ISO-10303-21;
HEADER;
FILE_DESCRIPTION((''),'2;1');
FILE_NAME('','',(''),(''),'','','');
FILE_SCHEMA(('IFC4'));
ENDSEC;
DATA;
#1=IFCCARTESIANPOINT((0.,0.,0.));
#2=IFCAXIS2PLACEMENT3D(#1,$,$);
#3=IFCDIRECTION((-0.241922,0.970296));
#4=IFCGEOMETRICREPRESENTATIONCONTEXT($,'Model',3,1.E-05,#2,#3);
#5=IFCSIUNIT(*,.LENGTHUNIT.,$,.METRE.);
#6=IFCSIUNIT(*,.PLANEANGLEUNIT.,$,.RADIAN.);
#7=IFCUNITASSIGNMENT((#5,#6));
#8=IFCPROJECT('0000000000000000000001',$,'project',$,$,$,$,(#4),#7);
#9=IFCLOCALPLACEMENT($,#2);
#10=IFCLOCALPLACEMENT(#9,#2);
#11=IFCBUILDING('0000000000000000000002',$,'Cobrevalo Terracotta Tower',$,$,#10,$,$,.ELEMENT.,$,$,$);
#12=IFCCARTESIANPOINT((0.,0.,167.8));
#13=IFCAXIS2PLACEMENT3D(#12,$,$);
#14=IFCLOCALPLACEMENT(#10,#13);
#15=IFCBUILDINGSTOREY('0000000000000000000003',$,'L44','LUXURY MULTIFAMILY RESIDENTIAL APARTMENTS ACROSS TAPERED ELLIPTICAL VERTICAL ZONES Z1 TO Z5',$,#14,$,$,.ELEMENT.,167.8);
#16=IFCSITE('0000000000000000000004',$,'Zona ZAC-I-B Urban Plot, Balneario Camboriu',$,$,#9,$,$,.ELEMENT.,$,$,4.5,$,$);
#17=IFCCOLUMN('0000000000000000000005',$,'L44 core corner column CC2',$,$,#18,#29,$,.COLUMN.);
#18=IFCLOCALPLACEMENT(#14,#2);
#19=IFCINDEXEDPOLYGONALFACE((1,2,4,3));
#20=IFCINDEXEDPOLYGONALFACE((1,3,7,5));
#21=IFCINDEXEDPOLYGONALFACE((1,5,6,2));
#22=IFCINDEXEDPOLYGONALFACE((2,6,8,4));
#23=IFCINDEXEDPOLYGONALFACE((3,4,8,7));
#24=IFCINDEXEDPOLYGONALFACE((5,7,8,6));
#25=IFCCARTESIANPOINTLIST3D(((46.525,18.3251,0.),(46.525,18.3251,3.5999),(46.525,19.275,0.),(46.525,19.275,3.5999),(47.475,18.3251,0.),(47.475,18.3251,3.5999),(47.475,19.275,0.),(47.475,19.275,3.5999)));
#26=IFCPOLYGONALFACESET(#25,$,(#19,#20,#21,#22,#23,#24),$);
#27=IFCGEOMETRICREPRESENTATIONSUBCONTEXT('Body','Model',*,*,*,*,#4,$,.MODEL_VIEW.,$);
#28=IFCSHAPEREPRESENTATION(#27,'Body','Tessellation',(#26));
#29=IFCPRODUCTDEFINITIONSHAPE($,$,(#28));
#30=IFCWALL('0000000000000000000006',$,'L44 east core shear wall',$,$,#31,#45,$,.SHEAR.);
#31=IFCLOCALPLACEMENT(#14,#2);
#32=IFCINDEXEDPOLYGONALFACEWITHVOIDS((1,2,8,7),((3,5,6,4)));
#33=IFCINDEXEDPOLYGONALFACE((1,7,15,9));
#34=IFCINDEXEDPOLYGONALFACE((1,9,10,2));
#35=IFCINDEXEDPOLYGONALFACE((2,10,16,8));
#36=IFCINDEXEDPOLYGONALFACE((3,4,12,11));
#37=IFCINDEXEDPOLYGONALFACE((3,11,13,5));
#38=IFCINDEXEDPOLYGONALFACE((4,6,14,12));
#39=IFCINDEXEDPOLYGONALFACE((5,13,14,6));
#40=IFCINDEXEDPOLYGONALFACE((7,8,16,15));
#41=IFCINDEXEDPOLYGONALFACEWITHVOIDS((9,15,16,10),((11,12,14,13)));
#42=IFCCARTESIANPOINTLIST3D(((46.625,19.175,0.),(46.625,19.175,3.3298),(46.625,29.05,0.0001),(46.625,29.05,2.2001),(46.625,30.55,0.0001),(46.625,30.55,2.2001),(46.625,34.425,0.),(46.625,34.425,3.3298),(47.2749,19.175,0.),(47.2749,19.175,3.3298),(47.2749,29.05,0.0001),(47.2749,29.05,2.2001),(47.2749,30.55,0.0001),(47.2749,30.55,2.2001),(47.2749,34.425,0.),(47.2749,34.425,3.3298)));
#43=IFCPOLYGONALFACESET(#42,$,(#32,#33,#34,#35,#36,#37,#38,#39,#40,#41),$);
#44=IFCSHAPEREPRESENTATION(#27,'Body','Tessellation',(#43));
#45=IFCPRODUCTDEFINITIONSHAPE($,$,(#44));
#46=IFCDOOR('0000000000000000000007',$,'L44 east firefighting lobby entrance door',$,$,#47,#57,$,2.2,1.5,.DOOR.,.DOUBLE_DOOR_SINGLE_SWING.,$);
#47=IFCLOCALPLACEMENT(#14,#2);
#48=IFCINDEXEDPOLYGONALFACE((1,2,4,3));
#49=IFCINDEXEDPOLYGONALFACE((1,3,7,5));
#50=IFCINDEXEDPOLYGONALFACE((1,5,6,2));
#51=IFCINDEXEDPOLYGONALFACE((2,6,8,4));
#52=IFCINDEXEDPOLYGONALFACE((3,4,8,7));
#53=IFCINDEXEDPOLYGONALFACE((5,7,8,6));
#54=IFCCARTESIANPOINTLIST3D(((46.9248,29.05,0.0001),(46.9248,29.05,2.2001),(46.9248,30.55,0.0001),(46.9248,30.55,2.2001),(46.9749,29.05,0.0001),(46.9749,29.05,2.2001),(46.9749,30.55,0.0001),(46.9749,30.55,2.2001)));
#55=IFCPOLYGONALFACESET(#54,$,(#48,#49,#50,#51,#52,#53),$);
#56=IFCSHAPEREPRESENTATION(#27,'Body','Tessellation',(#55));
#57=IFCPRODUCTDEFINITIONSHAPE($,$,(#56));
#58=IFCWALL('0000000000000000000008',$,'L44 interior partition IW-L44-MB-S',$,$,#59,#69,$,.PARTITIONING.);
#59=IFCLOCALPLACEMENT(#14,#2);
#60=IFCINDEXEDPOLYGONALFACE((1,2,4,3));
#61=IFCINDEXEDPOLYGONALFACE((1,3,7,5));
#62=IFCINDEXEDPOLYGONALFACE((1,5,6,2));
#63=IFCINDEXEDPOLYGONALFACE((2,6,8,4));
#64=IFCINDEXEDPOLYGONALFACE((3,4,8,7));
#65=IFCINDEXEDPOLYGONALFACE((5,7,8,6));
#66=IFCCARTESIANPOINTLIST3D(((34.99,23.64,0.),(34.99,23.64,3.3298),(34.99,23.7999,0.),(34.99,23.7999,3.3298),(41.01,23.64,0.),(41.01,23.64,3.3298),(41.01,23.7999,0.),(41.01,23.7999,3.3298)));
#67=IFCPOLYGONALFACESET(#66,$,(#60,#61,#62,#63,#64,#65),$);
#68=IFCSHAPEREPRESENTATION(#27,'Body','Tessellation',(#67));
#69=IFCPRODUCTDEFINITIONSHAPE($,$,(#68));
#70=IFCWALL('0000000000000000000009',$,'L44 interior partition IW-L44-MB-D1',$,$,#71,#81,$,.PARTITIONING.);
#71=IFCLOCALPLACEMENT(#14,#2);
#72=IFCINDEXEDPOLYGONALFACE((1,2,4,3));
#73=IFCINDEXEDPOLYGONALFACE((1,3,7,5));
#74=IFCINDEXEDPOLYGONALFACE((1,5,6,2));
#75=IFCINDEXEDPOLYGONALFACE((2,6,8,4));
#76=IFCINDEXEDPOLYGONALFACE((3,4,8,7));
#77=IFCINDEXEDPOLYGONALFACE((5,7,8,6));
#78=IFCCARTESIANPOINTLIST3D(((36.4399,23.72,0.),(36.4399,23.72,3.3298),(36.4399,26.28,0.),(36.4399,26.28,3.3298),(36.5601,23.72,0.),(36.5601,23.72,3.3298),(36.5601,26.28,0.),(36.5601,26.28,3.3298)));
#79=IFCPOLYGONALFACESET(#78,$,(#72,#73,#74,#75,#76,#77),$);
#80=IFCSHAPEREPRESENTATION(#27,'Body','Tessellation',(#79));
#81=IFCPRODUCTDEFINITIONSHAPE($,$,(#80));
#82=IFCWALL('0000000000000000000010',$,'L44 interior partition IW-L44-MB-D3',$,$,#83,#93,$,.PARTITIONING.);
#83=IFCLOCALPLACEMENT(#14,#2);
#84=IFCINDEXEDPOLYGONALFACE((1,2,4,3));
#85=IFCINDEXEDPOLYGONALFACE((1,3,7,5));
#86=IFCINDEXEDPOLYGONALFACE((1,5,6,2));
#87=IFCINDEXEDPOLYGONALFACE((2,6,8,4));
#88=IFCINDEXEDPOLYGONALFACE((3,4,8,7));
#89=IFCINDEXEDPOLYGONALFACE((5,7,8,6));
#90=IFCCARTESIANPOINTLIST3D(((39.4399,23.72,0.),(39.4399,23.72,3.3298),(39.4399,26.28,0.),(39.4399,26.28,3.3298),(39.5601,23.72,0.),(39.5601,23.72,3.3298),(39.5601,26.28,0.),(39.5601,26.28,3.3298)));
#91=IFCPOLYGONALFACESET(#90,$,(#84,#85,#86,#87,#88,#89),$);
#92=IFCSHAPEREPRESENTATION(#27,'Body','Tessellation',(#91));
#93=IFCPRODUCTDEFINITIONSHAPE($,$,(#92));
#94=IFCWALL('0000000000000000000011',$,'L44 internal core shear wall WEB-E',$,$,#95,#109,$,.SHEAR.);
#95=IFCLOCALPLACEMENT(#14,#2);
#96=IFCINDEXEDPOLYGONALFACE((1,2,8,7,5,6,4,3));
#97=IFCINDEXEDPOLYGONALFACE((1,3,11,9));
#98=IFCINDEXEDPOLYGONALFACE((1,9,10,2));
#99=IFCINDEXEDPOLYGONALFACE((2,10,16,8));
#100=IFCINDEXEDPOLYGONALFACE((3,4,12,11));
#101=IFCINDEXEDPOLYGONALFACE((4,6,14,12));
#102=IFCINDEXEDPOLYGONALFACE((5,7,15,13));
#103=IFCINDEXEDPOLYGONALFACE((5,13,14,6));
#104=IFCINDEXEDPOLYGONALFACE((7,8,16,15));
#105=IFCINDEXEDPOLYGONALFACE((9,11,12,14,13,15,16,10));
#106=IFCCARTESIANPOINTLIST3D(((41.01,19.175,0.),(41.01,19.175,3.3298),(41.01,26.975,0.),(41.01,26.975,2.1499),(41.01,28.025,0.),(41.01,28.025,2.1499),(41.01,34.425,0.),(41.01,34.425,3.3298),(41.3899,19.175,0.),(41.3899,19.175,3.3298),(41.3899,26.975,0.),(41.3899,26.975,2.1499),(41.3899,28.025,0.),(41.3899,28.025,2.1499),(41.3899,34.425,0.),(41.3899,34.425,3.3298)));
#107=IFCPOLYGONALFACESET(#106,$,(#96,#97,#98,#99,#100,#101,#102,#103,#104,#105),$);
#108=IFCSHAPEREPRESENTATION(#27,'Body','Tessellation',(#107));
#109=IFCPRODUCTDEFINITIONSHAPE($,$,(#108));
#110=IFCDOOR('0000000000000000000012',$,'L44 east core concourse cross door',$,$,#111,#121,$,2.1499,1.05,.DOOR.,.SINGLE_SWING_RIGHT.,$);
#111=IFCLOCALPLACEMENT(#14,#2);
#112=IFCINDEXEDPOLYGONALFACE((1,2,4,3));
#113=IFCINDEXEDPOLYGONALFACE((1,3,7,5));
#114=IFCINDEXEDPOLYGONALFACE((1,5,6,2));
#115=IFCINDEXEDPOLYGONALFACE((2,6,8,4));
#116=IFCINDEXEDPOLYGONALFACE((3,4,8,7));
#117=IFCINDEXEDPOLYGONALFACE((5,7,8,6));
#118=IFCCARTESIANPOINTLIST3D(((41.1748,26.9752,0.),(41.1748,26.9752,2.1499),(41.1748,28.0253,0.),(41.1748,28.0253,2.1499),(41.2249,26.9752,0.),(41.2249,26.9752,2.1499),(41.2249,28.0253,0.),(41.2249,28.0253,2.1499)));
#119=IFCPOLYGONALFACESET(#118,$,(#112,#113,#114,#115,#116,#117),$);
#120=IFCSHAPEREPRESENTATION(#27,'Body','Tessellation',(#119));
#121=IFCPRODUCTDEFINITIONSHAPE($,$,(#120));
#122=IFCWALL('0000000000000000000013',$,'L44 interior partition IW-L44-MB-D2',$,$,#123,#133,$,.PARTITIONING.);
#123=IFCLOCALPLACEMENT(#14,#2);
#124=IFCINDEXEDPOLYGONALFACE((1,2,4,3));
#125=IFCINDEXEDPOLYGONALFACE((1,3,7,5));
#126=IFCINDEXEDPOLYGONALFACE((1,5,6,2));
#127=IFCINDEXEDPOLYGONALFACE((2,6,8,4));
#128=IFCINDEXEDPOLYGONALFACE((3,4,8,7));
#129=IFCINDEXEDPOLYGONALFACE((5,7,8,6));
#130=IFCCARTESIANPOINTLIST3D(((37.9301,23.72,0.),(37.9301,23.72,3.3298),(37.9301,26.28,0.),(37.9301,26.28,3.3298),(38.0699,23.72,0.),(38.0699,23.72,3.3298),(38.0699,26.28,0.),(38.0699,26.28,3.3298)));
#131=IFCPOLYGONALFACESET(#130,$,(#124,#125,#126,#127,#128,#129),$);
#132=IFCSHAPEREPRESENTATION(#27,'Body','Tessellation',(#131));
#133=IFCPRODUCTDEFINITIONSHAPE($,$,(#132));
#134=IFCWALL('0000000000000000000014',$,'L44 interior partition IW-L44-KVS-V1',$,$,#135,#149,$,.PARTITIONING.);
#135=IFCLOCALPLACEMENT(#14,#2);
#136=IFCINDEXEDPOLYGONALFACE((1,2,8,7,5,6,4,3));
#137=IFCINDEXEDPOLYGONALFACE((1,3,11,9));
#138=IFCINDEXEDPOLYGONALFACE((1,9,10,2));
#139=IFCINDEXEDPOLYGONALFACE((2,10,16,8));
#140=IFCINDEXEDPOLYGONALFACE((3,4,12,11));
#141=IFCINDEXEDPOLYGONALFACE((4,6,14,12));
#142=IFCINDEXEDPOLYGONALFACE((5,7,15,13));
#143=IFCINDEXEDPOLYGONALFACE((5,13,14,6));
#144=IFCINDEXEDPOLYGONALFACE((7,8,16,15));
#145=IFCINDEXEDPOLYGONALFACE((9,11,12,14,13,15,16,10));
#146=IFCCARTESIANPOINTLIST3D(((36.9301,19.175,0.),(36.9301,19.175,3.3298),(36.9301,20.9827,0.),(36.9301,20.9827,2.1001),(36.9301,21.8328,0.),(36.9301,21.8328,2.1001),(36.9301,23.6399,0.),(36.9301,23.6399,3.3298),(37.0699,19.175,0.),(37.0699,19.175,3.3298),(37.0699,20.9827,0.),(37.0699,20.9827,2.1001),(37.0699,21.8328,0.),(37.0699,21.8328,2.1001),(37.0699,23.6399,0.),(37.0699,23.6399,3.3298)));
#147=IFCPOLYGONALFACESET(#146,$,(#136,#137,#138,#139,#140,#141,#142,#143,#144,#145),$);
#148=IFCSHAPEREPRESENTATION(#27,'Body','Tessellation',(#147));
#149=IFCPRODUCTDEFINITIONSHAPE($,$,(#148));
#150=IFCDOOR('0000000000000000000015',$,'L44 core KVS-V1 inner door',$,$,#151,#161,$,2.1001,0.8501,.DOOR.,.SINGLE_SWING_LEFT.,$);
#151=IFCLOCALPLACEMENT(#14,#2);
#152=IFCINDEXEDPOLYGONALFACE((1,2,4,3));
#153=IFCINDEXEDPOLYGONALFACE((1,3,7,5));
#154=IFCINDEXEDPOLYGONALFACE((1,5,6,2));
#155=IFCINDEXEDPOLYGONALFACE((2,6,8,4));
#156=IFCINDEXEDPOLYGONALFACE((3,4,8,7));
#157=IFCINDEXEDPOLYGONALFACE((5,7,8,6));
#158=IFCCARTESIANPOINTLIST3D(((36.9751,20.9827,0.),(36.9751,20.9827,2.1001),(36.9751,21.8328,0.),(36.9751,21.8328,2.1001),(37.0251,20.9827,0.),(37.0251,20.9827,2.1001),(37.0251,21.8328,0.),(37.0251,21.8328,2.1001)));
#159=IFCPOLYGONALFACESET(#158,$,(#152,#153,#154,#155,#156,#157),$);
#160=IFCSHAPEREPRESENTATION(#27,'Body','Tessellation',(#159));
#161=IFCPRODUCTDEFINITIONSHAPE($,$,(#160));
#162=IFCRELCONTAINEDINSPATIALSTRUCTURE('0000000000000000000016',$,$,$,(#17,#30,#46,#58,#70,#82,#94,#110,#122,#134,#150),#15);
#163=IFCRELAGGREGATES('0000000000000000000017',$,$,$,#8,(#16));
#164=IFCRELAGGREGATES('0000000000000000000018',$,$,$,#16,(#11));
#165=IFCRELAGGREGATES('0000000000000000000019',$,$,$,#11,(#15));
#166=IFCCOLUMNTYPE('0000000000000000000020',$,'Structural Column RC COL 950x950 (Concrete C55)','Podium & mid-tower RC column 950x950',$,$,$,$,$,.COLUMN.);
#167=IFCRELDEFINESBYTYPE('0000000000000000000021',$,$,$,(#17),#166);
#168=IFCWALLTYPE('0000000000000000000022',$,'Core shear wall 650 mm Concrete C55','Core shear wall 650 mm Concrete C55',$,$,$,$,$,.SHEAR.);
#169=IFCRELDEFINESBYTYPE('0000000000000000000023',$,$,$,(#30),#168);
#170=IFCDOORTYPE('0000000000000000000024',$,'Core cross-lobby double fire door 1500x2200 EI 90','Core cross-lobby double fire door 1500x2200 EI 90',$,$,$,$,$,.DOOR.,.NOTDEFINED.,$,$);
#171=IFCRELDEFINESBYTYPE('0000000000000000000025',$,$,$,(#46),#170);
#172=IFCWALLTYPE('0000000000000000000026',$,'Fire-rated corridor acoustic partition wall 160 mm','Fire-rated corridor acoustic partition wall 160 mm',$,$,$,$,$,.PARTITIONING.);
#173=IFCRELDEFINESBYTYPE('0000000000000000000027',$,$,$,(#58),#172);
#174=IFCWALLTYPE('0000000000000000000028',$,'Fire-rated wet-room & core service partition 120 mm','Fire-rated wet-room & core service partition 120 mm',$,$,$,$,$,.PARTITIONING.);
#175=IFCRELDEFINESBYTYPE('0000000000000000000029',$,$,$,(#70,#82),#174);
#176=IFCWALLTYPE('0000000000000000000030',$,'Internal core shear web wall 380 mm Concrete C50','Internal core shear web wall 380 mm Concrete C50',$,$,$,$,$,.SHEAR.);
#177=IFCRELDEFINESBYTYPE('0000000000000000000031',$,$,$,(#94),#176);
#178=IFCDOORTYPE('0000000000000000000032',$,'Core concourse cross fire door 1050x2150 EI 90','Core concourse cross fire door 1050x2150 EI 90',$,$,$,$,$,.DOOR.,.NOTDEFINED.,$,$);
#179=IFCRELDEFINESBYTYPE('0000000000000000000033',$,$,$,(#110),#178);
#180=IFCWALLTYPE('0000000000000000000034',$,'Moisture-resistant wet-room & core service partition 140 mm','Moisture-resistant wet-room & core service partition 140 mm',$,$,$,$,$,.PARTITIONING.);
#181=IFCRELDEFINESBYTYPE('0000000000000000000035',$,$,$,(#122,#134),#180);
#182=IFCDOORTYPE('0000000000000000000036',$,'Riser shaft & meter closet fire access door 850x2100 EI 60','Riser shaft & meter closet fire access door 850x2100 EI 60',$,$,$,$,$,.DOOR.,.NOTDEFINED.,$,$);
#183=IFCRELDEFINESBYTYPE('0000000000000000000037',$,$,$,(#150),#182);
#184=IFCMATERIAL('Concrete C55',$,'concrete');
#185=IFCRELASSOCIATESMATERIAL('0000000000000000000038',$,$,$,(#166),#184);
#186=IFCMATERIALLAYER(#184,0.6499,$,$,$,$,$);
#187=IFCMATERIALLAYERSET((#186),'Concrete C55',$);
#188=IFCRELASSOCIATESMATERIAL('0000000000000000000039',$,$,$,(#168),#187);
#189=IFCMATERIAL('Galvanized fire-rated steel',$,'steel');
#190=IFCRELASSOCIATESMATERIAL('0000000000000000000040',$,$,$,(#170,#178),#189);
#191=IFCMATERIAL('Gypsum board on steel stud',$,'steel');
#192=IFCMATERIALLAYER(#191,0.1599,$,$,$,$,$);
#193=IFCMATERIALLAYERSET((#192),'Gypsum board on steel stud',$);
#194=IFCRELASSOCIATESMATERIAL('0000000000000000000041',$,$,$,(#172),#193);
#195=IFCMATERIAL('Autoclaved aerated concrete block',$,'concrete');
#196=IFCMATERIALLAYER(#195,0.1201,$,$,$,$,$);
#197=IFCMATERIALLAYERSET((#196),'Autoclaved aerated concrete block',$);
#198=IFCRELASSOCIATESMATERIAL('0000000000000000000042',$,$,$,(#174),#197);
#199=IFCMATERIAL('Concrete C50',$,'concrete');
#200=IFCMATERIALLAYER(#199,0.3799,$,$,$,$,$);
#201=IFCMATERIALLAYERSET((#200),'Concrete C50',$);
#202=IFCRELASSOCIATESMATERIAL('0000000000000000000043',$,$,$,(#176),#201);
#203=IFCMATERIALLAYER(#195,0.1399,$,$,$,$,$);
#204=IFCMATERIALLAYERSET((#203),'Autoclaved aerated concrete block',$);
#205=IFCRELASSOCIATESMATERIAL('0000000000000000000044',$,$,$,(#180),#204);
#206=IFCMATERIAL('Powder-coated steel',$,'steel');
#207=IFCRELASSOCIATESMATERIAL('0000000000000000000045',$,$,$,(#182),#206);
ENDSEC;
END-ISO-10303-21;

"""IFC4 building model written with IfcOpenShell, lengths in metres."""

from ifc_helpers import new_model, si_unit, direction, frame, frame_2d, origin, origin_2d, place, context, subcontext, project, spatial, rectangle, extrude, source, transform, mapped, material, layer, layer_set, material_profile, profile_set, type_object, element, fill, save


model = new_model("IFC4")

# Units and contexts
model_context = context("Model", 3, precision=1e-05, world=origin(), true_north=direction((-0.241922, 0.970296)))
body_context = subcontext(model_context, "Body", "Model", "MODEL_VIEW")
ifc_project = project(units=[si_unit("LENGTHUNIT", "METRE"), si_unit("PLANEANGLEUNIT", "RADIAN")], contexts=[model_context])

# Site, building, storey
site_placement = place(None, origin())
site = spatial("IfcSite", under=ifc_project, at=site_placement, Name="Zona ZAC-I-B Urban Plot, Balneario Camboriu", CompositionType="ELEMENT", RefElevation=4.5)
building_placement = place(site_placement, origin())
building = spatial("IfcBuilding", under=site, at=building_placement, Name="Cobrevalo Terracotta Tower", CompositionType="ELEMENT")
storey_placement = place(building_placement, frame((0.0, 0.0, 167.8)))
storey = spatial("IfcBuildingStorey", under=building, at=storey_placement, Name="L44", Description="LUXURY MULTIFAMILY RESIDENTIAL APARTMENTS ACROSS TAPERED ELLIPTICAL VERTICAL ZONES Z1 TO Z5", CompositionType="ELEMENT", Elevation=167.8)

# Column
ifc_material_1 = material(Name="Concrete C55", Category="concrete")
ifc_material_profile = material_profile(ifc_material_1, rectangle(XDim=0.95, YDim=0.95, at=origin_2d()), Name="RC COL 950x950")
ifc_profile_set = profile_set([ifc_material_profile], Name="Concrete C55")
column_type = type_object("IfcColumnType", Name="Structural Column RC COL 950x950 (Concrete C55)", Description="Podium & mid-tower RC column 950x950", PredefinedType="COLUMN", material=ifc_profile_set)
column_placement = place(storey_placement, frame((47.0, 18.8, 0.0), z_axis=(0.0, 0.0, 1.0), x_axis=(1.0, 0.0, 0.0)))
element("IfcColumn", 1, at=column_placement, inside=storey, type_object=column_type, Name="L44 core corner column CC2", PredefinedType="COLUMN", context=body_context, shape_type="SweptSolid", body=[
    extrude(rectangle(XDim=0.95, YDim=0.95, at=origin_2d()), origin(), (0.0, 0.0, 1.0), 3.5999),
])

# Wall, opening, door
ifc_layer_1 = layer(ifc_material_1, 0.6499)
ifc_layer_set_1 = layer_set([ifc_layer_1], Name="Concrete C55")
wall_type_1 = type_object("IfcWallType", Name="Core shear wall 650 mm Concrete C55", Description="Core shear wall 650 mm Concrete C55", PredefinedType="SHEAR", material=ifc_layer_set_1)
wall_1_placement = place(storey_placement, frame((46.95, 19.175, 0.0), z_axis=(0.0, 0.0, 1.0), x_axis=(0.0, 1.0, 0.0)))
wall_1 = element("IfcWall", 2, at=wall_1_placement, inside=storey, type_object=wall_type_1, Name="L44 east core shear wall", PredefinedType="SHEAR", context=body_context, shape_type="SweptSolid", body=[
    extrude(rectangle(XDim=15.25, YDim=0.6499, at=frame_2d((7.625, 0.0))), origin(), (0.0, 0.0, 1.0), 3.3298),
])
opening_1_placement = place(wall_1_placement, frame((9.875, 0.0, 0.0)))
opening_1 = element("IfcOpeningElement", 3, at=opening_1_placement, cuts=wall_1, PredefinedType="OPENING", context=body_context, shape_type="SweptSolid", body=[
    extrude(rectangle(XDim=1.5, YDim=2.2, at=frame_2d((0.75, 1.1001))), frame((0.0, 0.335, 0.0), z_axis=(0.0, -1.0, 0.0), x_axis=(1.0, 0.0, 0.0)), (0.0, 0.0, 1.0), 0.6699),
])
ifc_material_2 = material(Name="Galvanized fire-rated steel", Category="steel")
door_type_1 = type_object("IfcDoorType", Name="Core cross-lobby double fire door 1500x2200 EI 90", Description="Core cross-lobby double fire door 1500x2200 EI 90", OperationType="NOTDEFINED", PredefinedType="DOOR", material=ifc_material_2)
shared_shape_1 = source(origin(), body_context, "Body", "SweptSolid", [
    extrude(rectangle(XDim=1.5, YDim=2.2, at=frame_2d((0.75, 1.1001))), frame((0.0, 0.0249, 0.0), z_axis=(0.0, -1.0, 0.0), x_axis=(1.0, 0.0, 0.0)), (0.0, 0.0, 1.0), 0.05),
])
door_1_placement = place(opening_1_placement, frame((1.5, 0.0, 0.0), z_axis=(0.0, 0.0, 1.0), x_axis=(-1.0, 0.0, 0.0)))
door_1 = element("IfcDoor", 4, at=door_1_placement, inside=storey, type_object=door_type_1, Name="L44 east firefighting lobby entrance door", OperationType="DOUBLE_DOOR_SINGLE_SWING", OverallHeight=2.2, OverallWidth=1.5, PredefinedType="DOOR", context=body_context, shape_type="MappedRepresentation", body=[
    mapped(shared_shape_1, transform((0.0, 0.0, 0.0), scale=1.0)),
])
fill(opening_1, door_1)

# Walls
ifc_material_3 = material(Name="Gypsum board on steel stud", Category="steel")
ifc_layer_2 = layer(ifc_material_3, 0.1599)
ifc_layer_set_2 = layer_set([ifc_layer_2], Name="Gypsum board on steel stud")
wall_type_2 = type_object("IfcWallType", Name="Fire-rated corridor acoustic partition wall 160 mm", Description="Fire-rated corridor acoustic partition wall 160 mm", PredefinedType="PARTITIONING", material=ifc_layer_set_2)
wall_2_placement = place(storey_placement, frame((34.99, 23.72, 0.0), z_axis=(0.0, 0.0, 1.0), x_axis=(1.0, 0.0, 0.0)))
element("IfcWall", 5, at=wall_2_placement, inside=storey, type_object=wall_type_2, Name="L44 interior partition IW-L44-MB-S", PredefinedType="PARTITIONING", context=body_context, shape_type="SweptSolid", body=[
    extrude(rectangle(XDim=6.02, YDim=0.1599, at=frame_2d((3.01, 0.0))), origin(), (0.0, 0.0, 1.0), 3.3298),
])
ifc_material_4 = material(Name="Autoclaved aerated concrete block", Category="concrete")
ifc_layer_3 = layer(ifc_material_4, 0.1201)
ifc_layer_set_3 = layer_set([ifc_layer_3], Name="Autoclaved aerated concrete block")
wall_type_3 = type_object("IfcWallType", Name="Fire-rated wet-room & core service partition 120 mm", Description="Fire-rated wet-room & core service partition 120 mm", PredefinedType="PARTITIONING", material=ifc_layer_set_3)
for number, where, z_axis, x_axis, name in (
    (6, (36.5, 23.72, 0.0), (0.0, 0.0, 1.0), (0.0, 1.0, 0.0), "L44 interior partition IW-L44-MB-D1"),
    (7, (39.5, 23.72, 0.0), (0.0, 0.0, 1.0), (0.0, 1.0, 0.0), "L44 interior partition IW-L44-MB-D3"),
):
    element("IfcWall", number, at=place(storey_placement, frame(where, z_axis=z_axis, x_axis=x_axis)), inside=storey, type_object=wall_type_3, Name=name, PredefinedType="PARTITIONING", context=body_context, shape_type="SweptSolid", body=[
        extrude(rectangle(XDim=2.5601, YDim=0.1201, at=frame_2d((1.28, 0.0))), origin(), (0.0, 0.0, 1.0), 3.3298),
    ])

# Wall, opening, door
ifc_material_5 = material(Name="Concrete C50", Category="concrete")
ifc_layer_4 = layer(ifc_material_5, 0.3799)
ifc_layer_set_4 = layer_set([ifc_layer_4], Name="Concrete C50")
wall_type_4 = type_object("IfcWallType", Name="Internal core shear web wall 380 mm Concrete C50", Description="Internal core shear web wall 380 mm Concrete C50", PredefinedType="SHEAR", material=ifc_layer_set_4)
wall_3_placement = place(storey_placement, frame((41.2, 19.175, 0.0), z_axis=(0.0, 0.0, 1.0), x_axis=(0.0, 1.0, 0.0)))
wall_3 = element("IfcWall", 8, at=wall_3_placement, inside=storey, type_object=wall_type_4, Name="L44 internal core shear wall WEB-E", PredefinedType="SHEAR", context=body_context, shape_type="SweptSolid", body=[
    extrude(rectangle(XDim=15.25, YDim=0.3799, at=frame_2d((7.625, 0.0))), origin(), (0.0, 0.0, 1.0), 3.3298),
])
opening_2_placement = place(wall_3_placement, frame((7.8, 0.0, 0.0)))
opening_2 = element("IfcOpeningElement", 9, at=opening_2_placement, cuts=wall_3, PredefinedType="OPENING", context=body_context, shape_type="SweptSolid", body=[
    extrude(rectangle(XDim=1.05, YDim=2.1499, at=frame_2d((0.5249, 1.075))), frame((0.0, 0.2, 0.0), z_axis=(0.0, -1.0, 0.0), x_axis=(1.0, 0.0, 0.0)), (0.0, 0.0, 1.0), 0.3999),
])
door_type_2 = type_object("IfcDoorType", Name="Core concourse cross fire door 1050x2150 EI 90", Description="Core concourse cross fire door 1050x2150 EI 90", OperationType="NOTDEFINED", PredefinedType="DOOR", material=ifc_material_2)
shared_shape_2 = source(origin(), body_context, "Body", "SweptSolid", [
    extrude(rectangle(XDim=1.05, YDim=2.1499, at=frame_2d((0.5249, 1.075))), frame((0.0, 0.0249, 0.0), z_axis=(0.0, -1.0, 0.0), x_axis=(1.0, 0.0, 0.0)), (0.0, 0.0, 1.0), 0.05),
])
door_2_placement = place(opening_2_placement, frame((1.05, 0.0, 0.0), z_axis=(0.0, 0.0, 1.0), x_axis=(-1.0, 0.0, 0.0)))
door_2 = element("IfcDoor", 10, at=door_2_placement, inside=storey, type_object=door_type_2, Name="L44 east core concourse cross door", OperationType="SINGLE_SWING_RIGHT", OverallHeight=2.1499, OverallWidth=1.05, PredefinedType="DOOR", context=body_context, shape_type="MappedRepresentation", body=[
    mapped(shared_shape_2, transform((0.0, 0.0, 0.0), scale=1.0)),
])
fill(opening_2, door_2)

# Wall
ifc_layer_5 = layer(ifc_material_4, 0.1399)
ifc_layer_set_5 = layer_set([ifc_layer_5], Name="Autoclaved aerated concrete block")
wall_type_5 = type_object("IfcWallType", Name="Moisture-resistant wet-room & core service partition 140 mm", Description="Moisture-resistant wet-room & core service partition 140 mm", PredefinedType="PARTITIONING", material=ifc_layer_set_5)
wall_4_placement = place(storey_placement, frame((38.0, 23.72, 0.0), z_axis=(0.0, 0.0, 1.0), x_axis=(0.0, 1.0, 0.0)))
element("IfcWall", 11, at=wall_4_placement, inside=storey, type_object=wall_type_5, Name="L44 interior partition IW-L44-MB-D2", PredefinedType="PARTITIONING", context=body_context, shape_type="SweptSolid", body=[
    extrude(rectangle(XDim=2.5601, YDim=0.1399, at=frame_2d((1.28, 0.0))), origin(), (0.0, 0.0, 1.0), 3.3298),
])

# Wall, opening, door
wall_5_placement = place(storey_placement, frame((37.0, 19.175, 0.0), z_axis=(0.0, 0.0, 1.0), x_axis=(0.0, 1.0, 0.0)))
wall_5 = element("IfcWall", 12, at=wall_5_placement, inside=storey, type_object=wall_type_5, Name="L44 interior partition IW-L44-KVS-V1", PredefinedType="PARTITIONING", context=body_context, shape_type="SweptSolid", body=[
    extrude(rectangle(XDim=4.4648, YDim=0.1399, at=frame_2d((2.2324, 0.0))), origin(), (0.0, 0.0, 1.0), 3.3298),
])
opening_3_placement = place(wall_5_placement, frame((1.8076, 0.0, 0.0)))
opening_3 = element("IfcOpeningElement", 13, at=opening_3_placement, cuts=wall_5, PredefinedType="OPENING", context=body_context, shape_type="SweptSolid", body=[
    extrude(rectangle(XDim=0.8501, YDim=2.1001, at=frame_2d((0.425, 1.05))), frame((0.0, 0.0801, 0.0), z_axis=(0.0, -1.0, 0.0), x_axis=(1.0, 0.0, 0.0)), (0.0, 0.0, 1.0), 0.1599),
])
ifc_material_6 = material(Name="Powder-coated steel", Category="steel")
door_type_3 = type_object("IfcDoorType", Name="Riser shaft & meter closet fire access door 850x2100 EI 60", Description="Riser shaft & meter closet fire access door 850x2100 EI 60", OperationType="NOTDEFINED", PredefinedType="DOOR", material=ifc_material_6)
shared_shape_3 = source(origin(), body_context, "Body", "SweptSolid", [
    extrude(rectangle(XDim=0.8501, YDim=2.1001, at=frame_2d((0.425, 1.05))), frame((0.0, 0.0249, 0.0), z_axis=(0.0, -1.0, 0.0), x_axis=(1.0, 0.0, 0.0)), (0.0, 0.0, 1.0), 0.05),
])
door_3_placement = place(opening_3_placement, origin())
door_3 = element("IfcDoor", 14, at=door_3_placement, inside=storey, type_object=door_type_3, Name="L44 core KVS-V1 inner door", OperationType="SINGLE_SWING_LEFT", OverallHeight=2.1001, OverallWidth=0.8501, PredefinedType="DOOR", context=body_context, shape_type="MappedRepresentation", body=[
    mapped(shared_shape_3, transform((0.0, 0.0, 0.0), scale=1.0)),
])
fill(opening_3, door_3)

save(model, "model.ifc")
